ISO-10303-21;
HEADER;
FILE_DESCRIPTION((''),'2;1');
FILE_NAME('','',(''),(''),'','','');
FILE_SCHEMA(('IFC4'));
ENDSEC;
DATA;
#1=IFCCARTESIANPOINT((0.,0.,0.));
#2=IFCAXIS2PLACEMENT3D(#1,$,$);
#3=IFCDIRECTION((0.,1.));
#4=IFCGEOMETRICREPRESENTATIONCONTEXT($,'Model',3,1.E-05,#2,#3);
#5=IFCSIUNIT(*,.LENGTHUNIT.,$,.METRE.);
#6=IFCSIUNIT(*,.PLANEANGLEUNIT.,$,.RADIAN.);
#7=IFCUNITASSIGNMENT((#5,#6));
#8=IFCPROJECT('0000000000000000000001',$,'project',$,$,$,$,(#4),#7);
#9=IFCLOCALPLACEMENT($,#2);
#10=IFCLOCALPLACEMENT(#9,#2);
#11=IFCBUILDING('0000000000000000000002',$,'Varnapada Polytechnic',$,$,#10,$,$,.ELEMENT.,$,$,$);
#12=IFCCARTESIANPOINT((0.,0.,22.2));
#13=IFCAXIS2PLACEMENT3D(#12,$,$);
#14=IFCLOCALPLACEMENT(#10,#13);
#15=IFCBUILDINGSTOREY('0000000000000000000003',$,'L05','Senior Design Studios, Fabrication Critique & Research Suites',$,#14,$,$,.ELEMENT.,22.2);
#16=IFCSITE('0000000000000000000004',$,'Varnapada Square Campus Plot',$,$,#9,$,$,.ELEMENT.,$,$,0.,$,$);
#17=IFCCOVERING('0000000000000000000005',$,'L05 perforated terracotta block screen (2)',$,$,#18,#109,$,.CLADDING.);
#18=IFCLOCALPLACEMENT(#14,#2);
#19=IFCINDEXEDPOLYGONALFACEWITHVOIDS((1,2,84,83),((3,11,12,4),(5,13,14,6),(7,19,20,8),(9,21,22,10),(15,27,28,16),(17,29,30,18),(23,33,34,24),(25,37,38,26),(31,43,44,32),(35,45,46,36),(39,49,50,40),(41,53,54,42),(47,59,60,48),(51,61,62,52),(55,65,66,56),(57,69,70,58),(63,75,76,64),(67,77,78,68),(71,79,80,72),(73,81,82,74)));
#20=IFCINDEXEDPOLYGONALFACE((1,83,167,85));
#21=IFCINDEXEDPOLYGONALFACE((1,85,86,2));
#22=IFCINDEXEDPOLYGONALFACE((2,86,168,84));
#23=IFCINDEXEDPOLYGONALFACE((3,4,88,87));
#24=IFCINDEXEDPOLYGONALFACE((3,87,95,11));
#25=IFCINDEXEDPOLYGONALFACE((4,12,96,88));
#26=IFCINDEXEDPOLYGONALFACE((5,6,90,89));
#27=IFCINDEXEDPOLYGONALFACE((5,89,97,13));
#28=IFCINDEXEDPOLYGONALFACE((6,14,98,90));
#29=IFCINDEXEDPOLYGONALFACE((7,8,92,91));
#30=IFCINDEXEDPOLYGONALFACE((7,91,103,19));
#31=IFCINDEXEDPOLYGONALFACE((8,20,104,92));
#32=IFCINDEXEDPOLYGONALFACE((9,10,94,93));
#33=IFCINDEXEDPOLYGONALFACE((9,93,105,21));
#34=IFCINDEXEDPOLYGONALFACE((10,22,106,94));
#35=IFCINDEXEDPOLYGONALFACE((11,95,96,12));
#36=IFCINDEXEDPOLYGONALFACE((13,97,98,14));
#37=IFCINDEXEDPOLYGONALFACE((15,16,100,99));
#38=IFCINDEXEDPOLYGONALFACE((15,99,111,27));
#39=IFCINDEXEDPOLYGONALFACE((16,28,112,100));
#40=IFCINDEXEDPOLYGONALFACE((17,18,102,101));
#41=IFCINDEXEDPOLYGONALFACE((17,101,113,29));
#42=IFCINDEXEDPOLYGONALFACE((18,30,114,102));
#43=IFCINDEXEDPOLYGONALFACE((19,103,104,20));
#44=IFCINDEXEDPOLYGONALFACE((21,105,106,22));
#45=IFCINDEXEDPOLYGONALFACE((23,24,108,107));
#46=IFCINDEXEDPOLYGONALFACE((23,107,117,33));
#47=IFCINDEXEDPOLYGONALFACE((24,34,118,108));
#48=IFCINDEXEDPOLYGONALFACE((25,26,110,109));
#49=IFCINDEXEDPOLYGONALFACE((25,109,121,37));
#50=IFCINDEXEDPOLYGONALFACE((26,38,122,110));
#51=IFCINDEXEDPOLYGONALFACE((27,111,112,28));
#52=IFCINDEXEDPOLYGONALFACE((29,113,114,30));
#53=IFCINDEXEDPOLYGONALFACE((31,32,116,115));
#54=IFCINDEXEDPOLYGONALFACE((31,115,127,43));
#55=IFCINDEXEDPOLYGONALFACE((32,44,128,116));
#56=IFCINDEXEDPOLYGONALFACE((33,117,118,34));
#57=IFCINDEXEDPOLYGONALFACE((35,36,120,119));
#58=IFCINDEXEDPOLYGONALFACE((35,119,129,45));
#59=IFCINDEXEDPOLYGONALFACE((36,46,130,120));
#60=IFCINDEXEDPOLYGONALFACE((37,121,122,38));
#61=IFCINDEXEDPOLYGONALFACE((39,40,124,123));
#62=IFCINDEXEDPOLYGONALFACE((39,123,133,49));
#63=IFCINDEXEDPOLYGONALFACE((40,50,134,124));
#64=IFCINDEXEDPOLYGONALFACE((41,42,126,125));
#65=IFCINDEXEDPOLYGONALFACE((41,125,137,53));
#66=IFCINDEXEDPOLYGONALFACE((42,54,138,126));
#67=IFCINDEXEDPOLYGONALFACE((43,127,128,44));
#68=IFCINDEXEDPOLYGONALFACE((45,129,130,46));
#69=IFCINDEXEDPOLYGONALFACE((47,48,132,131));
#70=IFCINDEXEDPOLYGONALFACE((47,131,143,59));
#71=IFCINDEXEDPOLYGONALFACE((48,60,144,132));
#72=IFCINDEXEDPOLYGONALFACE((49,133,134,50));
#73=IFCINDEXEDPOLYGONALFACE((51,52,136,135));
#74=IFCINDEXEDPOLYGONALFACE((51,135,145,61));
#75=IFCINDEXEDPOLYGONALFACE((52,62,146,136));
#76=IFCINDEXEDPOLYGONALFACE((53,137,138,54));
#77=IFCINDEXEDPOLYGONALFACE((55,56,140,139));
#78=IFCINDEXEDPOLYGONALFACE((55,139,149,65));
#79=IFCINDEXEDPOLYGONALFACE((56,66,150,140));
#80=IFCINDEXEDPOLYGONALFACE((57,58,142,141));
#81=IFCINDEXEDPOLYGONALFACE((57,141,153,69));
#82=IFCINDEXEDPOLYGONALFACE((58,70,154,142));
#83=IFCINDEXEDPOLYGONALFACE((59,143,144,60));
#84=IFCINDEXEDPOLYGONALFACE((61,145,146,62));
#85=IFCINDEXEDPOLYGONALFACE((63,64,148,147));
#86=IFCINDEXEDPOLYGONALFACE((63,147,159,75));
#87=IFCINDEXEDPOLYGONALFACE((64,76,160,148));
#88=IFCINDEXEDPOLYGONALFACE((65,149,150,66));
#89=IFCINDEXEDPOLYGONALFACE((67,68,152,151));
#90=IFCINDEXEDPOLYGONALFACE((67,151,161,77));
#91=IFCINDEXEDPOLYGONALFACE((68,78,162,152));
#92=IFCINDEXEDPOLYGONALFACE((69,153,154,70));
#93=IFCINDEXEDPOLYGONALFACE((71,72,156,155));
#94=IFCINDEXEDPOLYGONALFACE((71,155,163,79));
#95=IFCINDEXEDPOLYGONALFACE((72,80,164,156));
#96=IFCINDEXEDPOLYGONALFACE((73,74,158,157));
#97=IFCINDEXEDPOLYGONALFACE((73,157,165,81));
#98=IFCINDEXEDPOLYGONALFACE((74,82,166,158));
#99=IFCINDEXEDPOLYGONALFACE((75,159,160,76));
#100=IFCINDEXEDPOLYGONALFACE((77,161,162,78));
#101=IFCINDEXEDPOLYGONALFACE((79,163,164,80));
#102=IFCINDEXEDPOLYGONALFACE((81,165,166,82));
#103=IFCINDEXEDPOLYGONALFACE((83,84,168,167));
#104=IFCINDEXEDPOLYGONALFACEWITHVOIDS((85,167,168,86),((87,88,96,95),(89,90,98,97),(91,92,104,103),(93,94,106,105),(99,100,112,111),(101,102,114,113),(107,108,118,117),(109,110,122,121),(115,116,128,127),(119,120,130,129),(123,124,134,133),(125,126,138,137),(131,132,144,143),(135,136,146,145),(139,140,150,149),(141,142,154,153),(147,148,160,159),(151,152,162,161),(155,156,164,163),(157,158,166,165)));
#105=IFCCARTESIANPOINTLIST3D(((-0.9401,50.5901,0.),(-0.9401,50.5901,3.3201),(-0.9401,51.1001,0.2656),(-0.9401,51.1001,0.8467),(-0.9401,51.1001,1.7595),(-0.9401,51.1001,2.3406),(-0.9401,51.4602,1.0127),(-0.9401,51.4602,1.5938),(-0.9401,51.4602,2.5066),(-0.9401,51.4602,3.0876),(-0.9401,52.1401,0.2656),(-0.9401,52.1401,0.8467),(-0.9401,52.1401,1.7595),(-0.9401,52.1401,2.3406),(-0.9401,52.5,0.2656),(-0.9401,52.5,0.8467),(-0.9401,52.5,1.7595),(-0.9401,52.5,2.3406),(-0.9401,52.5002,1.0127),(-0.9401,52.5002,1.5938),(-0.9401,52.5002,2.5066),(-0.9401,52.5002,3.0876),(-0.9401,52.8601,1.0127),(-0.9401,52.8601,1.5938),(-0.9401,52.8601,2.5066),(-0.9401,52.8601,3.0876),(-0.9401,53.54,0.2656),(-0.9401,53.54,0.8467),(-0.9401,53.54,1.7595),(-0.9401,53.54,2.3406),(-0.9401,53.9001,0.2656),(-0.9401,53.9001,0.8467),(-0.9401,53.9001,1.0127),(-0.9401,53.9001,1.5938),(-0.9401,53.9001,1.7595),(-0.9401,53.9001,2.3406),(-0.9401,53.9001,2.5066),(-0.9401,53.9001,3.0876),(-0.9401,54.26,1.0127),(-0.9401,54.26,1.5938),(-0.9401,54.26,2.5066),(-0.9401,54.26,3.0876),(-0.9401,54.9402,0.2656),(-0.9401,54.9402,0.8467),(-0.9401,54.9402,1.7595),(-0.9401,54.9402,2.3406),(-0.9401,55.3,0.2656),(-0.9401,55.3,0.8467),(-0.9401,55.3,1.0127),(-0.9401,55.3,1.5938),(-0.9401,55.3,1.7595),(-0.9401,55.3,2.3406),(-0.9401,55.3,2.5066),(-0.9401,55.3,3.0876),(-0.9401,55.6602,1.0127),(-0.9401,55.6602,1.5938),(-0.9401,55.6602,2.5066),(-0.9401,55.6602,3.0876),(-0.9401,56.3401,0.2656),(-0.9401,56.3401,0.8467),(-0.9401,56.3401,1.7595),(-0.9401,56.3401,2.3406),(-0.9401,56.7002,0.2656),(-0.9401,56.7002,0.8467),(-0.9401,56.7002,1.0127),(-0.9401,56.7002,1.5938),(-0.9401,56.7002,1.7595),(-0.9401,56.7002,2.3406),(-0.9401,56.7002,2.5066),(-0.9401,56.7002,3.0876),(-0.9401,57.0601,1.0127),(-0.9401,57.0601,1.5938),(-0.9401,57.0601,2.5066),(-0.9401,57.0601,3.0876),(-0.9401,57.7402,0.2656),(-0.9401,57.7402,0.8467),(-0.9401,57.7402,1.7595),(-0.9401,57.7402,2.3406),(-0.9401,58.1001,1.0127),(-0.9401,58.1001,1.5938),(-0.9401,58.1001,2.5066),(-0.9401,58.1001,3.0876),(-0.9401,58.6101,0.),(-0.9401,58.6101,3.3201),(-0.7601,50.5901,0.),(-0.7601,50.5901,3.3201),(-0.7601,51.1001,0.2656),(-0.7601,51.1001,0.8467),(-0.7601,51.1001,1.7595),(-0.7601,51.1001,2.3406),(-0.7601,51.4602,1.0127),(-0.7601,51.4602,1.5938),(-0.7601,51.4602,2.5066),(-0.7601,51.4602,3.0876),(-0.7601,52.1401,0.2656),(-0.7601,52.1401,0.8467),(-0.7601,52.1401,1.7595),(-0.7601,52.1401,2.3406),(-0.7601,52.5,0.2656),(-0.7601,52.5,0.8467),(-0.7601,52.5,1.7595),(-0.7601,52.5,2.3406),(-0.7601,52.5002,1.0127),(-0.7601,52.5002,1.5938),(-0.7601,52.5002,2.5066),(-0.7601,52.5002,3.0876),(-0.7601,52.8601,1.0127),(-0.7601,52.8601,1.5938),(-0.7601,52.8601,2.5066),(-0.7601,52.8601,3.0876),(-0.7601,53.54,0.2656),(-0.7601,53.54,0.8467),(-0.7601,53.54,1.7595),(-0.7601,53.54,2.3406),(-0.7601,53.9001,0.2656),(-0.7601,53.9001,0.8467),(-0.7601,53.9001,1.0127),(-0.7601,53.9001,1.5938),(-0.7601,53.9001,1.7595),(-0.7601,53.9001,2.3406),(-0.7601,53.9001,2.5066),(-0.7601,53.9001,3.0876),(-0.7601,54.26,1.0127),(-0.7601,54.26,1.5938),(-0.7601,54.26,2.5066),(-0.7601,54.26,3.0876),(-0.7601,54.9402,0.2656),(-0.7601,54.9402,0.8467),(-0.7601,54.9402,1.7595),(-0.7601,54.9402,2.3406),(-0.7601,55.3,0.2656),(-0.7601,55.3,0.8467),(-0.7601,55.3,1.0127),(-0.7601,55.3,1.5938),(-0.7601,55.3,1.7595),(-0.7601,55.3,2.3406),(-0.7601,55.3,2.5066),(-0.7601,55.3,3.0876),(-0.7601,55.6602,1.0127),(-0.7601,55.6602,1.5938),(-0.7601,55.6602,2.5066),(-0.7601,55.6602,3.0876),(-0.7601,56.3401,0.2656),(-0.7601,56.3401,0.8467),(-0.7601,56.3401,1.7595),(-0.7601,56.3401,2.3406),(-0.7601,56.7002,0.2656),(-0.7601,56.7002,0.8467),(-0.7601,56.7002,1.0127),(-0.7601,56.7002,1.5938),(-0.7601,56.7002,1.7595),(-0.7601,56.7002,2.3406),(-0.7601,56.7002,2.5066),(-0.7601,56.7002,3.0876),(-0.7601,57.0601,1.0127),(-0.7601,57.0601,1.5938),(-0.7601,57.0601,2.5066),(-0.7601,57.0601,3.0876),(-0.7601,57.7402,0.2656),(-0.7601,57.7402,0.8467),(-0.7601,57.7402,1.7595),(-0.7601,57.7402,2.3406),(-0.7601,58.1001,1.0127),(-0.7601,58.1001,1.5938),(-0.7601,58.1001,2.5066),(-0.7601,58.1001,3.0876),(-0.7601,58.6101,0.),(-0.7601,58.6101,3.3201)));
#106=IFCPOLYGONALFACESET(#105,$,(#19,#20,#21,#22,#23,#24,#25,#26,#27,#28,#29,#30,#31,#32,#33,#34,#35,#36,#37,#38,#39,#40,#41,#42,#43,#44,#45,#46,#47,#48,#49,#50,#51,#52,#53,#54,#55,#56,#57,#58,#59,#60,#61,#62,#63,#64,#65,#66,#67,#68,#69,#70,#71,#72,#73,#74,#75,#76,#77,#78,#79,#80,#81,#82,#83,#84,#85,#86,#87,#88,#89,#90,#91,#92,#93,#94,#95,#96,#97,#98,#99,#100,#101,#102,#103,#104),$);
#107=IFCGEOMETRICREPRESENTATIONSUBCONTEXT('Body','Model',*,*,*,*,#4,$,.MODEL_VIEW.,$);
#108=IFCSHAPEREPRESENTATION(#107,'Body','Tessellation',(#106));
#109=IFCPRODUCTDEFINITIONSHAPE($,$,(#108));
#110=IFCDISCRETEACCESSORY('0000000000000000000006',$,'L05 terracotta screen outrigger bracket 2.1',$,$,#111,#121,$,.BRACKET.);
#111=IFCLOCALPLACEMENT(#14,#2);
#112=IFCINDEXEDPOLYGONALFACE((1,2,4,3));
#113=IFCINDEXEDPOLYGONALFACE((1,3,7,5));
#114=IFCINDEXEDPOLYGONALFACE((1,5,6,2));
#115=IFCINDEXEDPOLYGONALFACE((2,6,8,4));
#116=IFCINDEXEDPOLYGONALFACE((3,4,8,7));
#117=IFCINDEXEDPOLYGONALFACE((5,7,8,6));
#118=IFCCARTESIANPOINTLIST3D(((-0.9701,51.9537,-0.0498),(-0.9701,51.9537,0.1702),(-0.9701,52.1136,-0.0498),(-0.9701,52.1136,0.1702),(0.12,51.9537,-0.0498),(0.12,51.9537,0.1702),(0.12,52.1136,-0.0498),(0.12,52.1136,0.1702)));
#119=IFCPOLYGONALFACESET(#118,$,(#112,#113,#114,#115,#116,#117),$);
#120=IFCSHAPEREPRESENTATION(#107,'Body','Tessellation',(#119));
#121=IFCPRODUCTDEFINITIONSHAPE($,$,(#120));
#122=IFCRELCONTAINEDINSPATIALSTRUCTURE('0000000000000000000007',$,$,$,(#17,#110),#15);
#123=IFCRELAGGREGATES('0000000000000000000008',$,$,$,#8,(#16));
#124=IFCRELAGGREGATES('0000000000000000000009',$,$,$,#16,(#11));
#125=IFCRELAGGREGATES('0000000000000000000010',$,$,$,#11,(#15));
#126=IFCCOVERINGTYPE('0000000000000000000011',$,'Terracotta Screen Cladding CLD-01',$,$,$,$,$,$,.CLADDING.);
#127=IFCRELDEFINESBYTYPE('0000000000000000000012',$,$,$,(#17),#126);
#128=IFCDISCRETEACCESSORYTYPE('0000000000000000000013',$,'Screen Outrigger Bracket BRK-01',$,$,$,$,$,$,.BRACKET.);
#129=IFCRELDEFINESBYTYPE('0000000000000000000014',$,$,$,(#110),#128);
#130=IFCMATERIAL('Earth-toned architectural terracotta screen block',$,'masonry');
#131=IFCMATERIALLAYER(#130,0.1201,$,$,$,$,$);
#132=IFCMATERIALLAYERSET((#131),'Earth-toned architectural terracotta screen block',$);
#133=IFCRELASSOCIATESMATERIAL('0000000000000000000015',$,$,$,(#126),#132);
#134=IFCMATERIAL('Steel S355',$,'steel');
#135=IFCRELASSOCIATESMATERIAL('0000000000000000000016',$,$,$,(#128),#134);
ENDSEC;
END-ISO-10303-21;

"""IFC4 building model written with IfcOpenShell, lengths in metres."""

from ifc_helpers import new_model, si_unit, direction, frame, frame_2d, origin, origin_2d, place, context, subcontext, project, spatial, rectangle, extrude, material, layer, layer_set, type_object, element, save


model = new_model("IFC4")

# Units and contexts
model_context = context("Model", 3, precision=1e-05, world=origin(), true_north=direction((0.0, 1.0)))
body_context = subcontext(model_context, "Body", "Model", "MODEL_VIEW")
ifc_project = project(units=[si_unit("LENGTHUNIT", "METRE"), si_unit("PLANEANGLEUNIT", "RADIAN")], contexts=[model_context])

# Site, building, storey
site_placement = place(None, origin())
site = spatial("IfcSite", under=ifc_project, at=site_placement, Name="Varnapada Square Campus Plot", CompositionType="ELEMENT", RefElevation=0.0)
building_placement = place(site_placement, origin())
building = spatial("IfcBuilding", under=site, at=building_placement, Name="Varnapada Polytechnic", CompositionType="ELEMENT")
storey_placement = place(building_placement, frame((0.0, 0.0, 22.2)))
storey = spatial("IfcBuildingStorey", under=building, at=storey_placement, Name="L05", Description="Senior Design Studios, Fabrication Critique & Research Suites", CompositionType="ELEMENT", Elevation=22.2)

# Covering, openings
ifc_material_1 = material(Name="Earth-toned architectural terracotta screen block", Category="masonry")
ifc_layer_1 = layer(ifc_material_1, 0.1201)
ifc_layer_set_1 = layer_set([ifc_layer_1], Name="Earth-toned architectural terracotta screen block")
covering_type = type_object("IfcCoveringType", Name="Terracotta Screen Cladding CLD-01", PredefinedType="CLADDING", material=ifc_layer_set_1)
covering_placement = place(storey_placement, frame((-0.8501, 50.5901, 0.0), z_axis=(0.0, 0.0, 1.0), x_axis=(0.0, 1.0, 0.0)))
covering = element("IfcCovering", 1, at=covering_placement, inside=storey, type_object=covering_type, Name="L05 perforated terracotta block screen (2)", PredefinedType="CLADDING", context=body_context, shape_type="SweptSolid", body=[
    extrude(rectangle(XDim=8.02, YDim=0.1799, at=frame_2d((4.01, 0.0))), origin(), (0.0, 0.0, 1.0), 3.3201),
])
opening_1_placement = place(covering_placement, frame((0.51, 0.0, 0.2656)))
element("IfcOpeningElement", 2, at=opening_1_placement, cuts=covering, PredefinedType="OPENING", context=body_context, shape_type="SweptSolid", body=[
    extrude(rectangle(XDim=1.04, YDim=0.5811, at=frame_2d((0.52, 0.2905))), frame((0.0, 0.0999, 0.0), z_axis=(0.0, -1.0, 0.0), x_axis=(1.0, 0.0, 0.0)), (0.0, 0.0, 1.0), 0.2),
])
opening_2_placement = place(covering_placement, frame((1.9099, 0.0, 0.2656)))
element("IfcOpeningElement", 3, at=opening_2_placement, cuts=covering, PredefinedType="OPENING", context=body_context, shape_type="SweptSolid", body=[
    extrude(rectangle(XDim=1.04, YDim=0.5811, at=frame_2d((0.52, 0.2905))), frame((0.0, 0.0999, 0.0), z_axis=(0.0, -1.0, 0.0), x_axis=(1.0, 0.0, 0.0)), (0.0, 0.0, 1.0), 0.2),
])
opening_3_placement = place(covering_placement, frame((3.3101, 0.0, 0.2656)))
element("IfcOpeningElement", 4, at=opening_3_placement, cuts=covering, PredefinedType="OPENING", context=body_context, shape_type="SweptSolid", body=[
    extrude(rectangle(XDim=1.04, YDim=0.5811, at=frame_2d((0.52, 0.2905))), frame((0.0, 0.0999, 0.0), z_axis=(0.0, -1.0, 0.0), x_axis=(1.0, 0.0, 0.0)), (0.0, 0.0, 1.0), 0.2),
])
opening_4_placement = place(covering_placement, frame((4.71, 0.0, 0.2656)))
element("IfcOpeningElement", 5, at=opening_4_placement, cuts=covering, PredefinedType="OPENING", context=body_context, shape_type="SweptSolid", body=[
    extrude(rectangle(XDim=1.04, YDim=0.5811, at=frame_2d((0.52, 0.2905))), frame((0.0, 0.0999, 0.0), z_axis=(0.0, -1.0, 0.0), x_axis=(1.0, 0.0, 0.0)), (0.0, 0.0, 1.0), 0.2),
])
opening_5_placement = place(covering_placement, frame((6.1101, 0.0, 0.2656)))
element("IfcOpeningElement", 6, at=opening_5_placement, cuts=covering, PredefinedType="OPENING", context=body_context, shape_type="SweptSolid", body=[
    extrude(rectangle(XDim=1.04, YDim=0.5811, at=frame_2d((0.52, 0.2905))), frame((0.0, 0.0999, 0.0), z_axis=(0.0, -1.0, 0.0), x_axis=(1.0, 0.0, 0.0)), (0.0, 0.0, 1.0), 0.2),
])
opening_6_placement = place(covering_placement, frame((0.8701, 0.0, 1.0127)))
element("IfcOpeningElement", 7, at=opening_6_placement, cuts=covering, PredefinedType="OPENING", context=body_context, shape_type="SweptSolid", body=[
    extrude(rectangle(XDim=1.04, YDim=0.5811, at=frame_2d((0.52, 0.2905))), frame((0.0, 0.0999, 0.0), z_axis=(0.0, -1.0, 0.0), x_axis=(1.0, 0.0, 0.0)), (0.0, 0.0, 1.0), 0.2),
])
opening_7_placement = place(covering_placement, frame((2.27, 0.0, 1.0127)))
element("IfcOpeningElement", 8, at=opening_7_placement, cuts=covering, PredefinedType="OPENING", context=body_context, shape_type="SweptSolid", body=[
    extrude(rectangle(XDim=1.04, YDim=0.5811, at=frame_2d((0.52, 0.2905))), frame((0.0, 0.0999, 0.0), z_axis=(0.0, -1.0, 0.0), x_axis=(1.0, 0.0, 0.0)), (0.0, 0.0, 1.0), 0.2),
])
opening_8_placement = place(covering_placement, frame((3.6699, 0.0, 1.0127)))
element("IfcOpeningElement", 9, at=opening_8_placement, cuts=covering, PredefinedType="OPENING", context=body_context, shape_type="SweptSolid", body=[
    extrude(rectangle(XDim=1.04, YDim=0.5811, at=frame_2d((0.52, 0.2905))), frame((0.0, 0.0999, 0.0), z_axis=(0.0, -1.0, 0.0), x_axis=(1.0, 0.0, 0.0)), (0.0, 0.0, 1.0), 0.2),
])
opening_9_placement = place(covering_placement, frame((5.0701, 0.0, 1.0127)))
element("IfcOpeningElement", 10, at=opening_9_placement, cuts=covering, PredefinedType="OPENING", context=body_context, shape_type="SweptSolid", body=[
    extrude(rectangle(XDim=1.04, YDim=0.5811, at=frame_2d((0.52, 0.2905))), frame((0.0, 0.0999, 0.0), z_axis=(0.0, -1.0, 0.0), x_axis=(1.0, 0.0, 0.0)), (0.0, 0.0, 1.0), 0.2),
])
opening_10_placement = place(covering_placement, frame((6.47, 0.0, 1.0127)))
element("IfcOpeningElement", 11, at=opening_10_placement, cuts=covering, PredefinedType="OPENING", context=body_context, shape_type="SweptSolid", body=[
    extrude(rectangle(XDim=1.04, YDim=0.5811, at=frame_2d((0.52, 0.2905))), frame((0.0, 0.0999, 0.0), z_axis=(0.0, -1.0, 0.0), x_axis=(1.0, 0.0, 0.0)), (0.0, 0.0, 1.0), 0.2),
])
opening_11_placement = place(covering_placement, frame((0.51, 0.0, 1.7595)))
element("IfcOpeningElement", 12, at=opening_11_placement, cuts=covering, PredefinedType="OPENING", context=body_context, shape_type="SweptSolid", body=[
    extrude(rectangle(XDim=1.04, YDim=0.5811, at=frame_2d((0.52, 0.2905))), frame((0.0, 0.0999, 0.0), z_axis=(0.0, -1.0, 0.0), x_axis=(1.0, 0.0, 0.0)), (0.0, 0.0, 1.0), 0.2),
])
opening_12_placement = place(covering_placement, frame((1.9099, 0.0, 1.7595)))
element("IfcOpeningElement", 13, at=opening_12_placement, cuts=covering, PredefinedType="OPENING", context=body_context, shape_type="SweptSolid", body=[
    extrude(rectangle(XDim=1.04, YDim=0.5811, at=frame_2d((0.52, 0.2905))), frame((0.0, 0.0999, 0.0), z_axis=(0.0, -1.0, 0.0), x_axis=(1.0, 0.0, 0.0)), (0.0, 0.0, 1.0), 0.2),
])
opening_13_placement = place(covering_placement, frame((3.3101, 0.0, 1.7595)))
element("IfcOpeningElement", 14, at=opening_13_placement, cuts=covering, PredefinedType="OPENING", context=body_context, shape_type="SweptSolid", body=[
    extrude(rectangle(XDim=1.04, YDim=0.5811, at=frame_2d((0.52, 0.2905))), frame((0.0, 0.0999, 0.0), z_axis=(0.0, -1.0, 0.0), x_axis=(1.0, 0.0, 0.0)), (0.0, 0.0, 1.0), 0.2),
])
opening_14_placement = place(covering_placement, frame((4.71, 0.0, 1.7595)))
element("IfcOpeningElement", 15, at=opening_14_placement, cuts=covering, PredefinedType="OPENING", context=body_context, shape_type="SweptSolid", body=[
    extrude(rectangle(XDim=1.04, YDim=0.5811, at=frame_2d((0.52, 0.2905))), frame((0.0, 0.0999, 0.0), z_axis=(0.0, -1.0, 0.0), x_axis=(1.0, 0.0, 0.0)), (0.0, 0.0, 1.0), 0.2),
])
opening_15_placement = place(covering_placement, frame((6.1101, 0.0, 1.7595)))
element("IfcOpeningElement", 16, at=opening_15_placement, cuts=covering, PredefinedType="OPENING", context=body_context, shape_type="SweptSolid", body=[
    extrude(rectangle(XDim=1.04, YDim=0.5811, at=frame_2d((0.52, 0.2905))), frame((0.0, 0.0999, 0.0), z_axis=(0.0, -1.0, 0.0), x_axis=(1.0, 0.0, 0.0)), (0.0, 0.0, 1.0), 0.2),
])
opening_16_placement = place(covering_placement, frame((0.8701, 0.0, 2.5066)))
element("IfcOpeningElement", 17, at=opening_16_placement, cuts=covering, PredefinedType="OPENING", context=body_context, shape_type="SweptSolid", body=[
    extrude(rectangle(XDim=1.04, YDim=0.5811, at=frame_2d((0.52, 0.2905))), frame((0.0, 0.0999, 0.0), z_axis=(0.0, -1.0, 0.0), x_axis=(1.0, 0.0, 0.0)), (0.0, 0.0, 1.0), 0.2),
])
opening_17_placement = place(covering_placement, frame((2.27, 0.0, 2.5066)))
element("IfcOpeningElement", 18, at=opening_17_placement, cuts=covering, PredefinedType="OPENING", context=body_context, shape_type="SweptSolid", body=[
    extrude(rectangle(XDim=1.04, YDim=0.5811, at=frame_2d((0.52, 0.2905))), frame((0.0, 0.0999, 0.0), z_axis=(0.0, -1.0, 0.0), x_axis=(1.0, 0.0, 0.0)), (0.0, 0.0, 1.0), 0.2),
])
opening_18_placement = place(covering_placement, frame((3.6699, 0.0, 2.5066)))
element("IfcOpeningElement", 19, at=opening_18_placement, cuts=covering, PredefinedType="OPENING", context=body_context, shape_type="SweptSolid", body=[
    extrude(rectangle(XDim=1.04, YDim=0.5811, at=frame_2d((0.52, 0.2905))), frame((0.0, 0.0999, 0.0), z_axis=(0.0, -1.0, 0.0), x_axis=(1.0, 0.0, 0.0)), (0.0, 0.0, 1.0), 0.2),
])
opening_19_placement = place(covering_placement, frame((5.0701, 0.0, 2.5066)))
element("IfcOpeningElement", 20, at=opening_19_placement, cuts=covering, PredefinedType="OPENING", context=body_context, shape_type="SweptSolid", body=[
    extrude(rectangle(XDim=1.04, YDim=0.5811, at=frame_2d((0.52, 0.2905))), frame((0.0, 0.0999, 0.0), z_axis=(0.0, -1.0, 0.0), x_axis=(1.0, 0.0, 0.0)), (0.0, 0.0, 1.0), 0.2),
])
opening_20_placement = place(covering_placement, frame((6.47, 0.0, 2.5066)))
element("IfcOpeningElement", 21, at=opening_20_placement, cuts=covering, PredefinedType="OPENING", context=body_context, shape_type="SweptSolid", body=[
    extrude(rectangle(XDim=1.04, YDim=0.5811, at=frame_2d((0.52, 0.2905))), frame((0.0, 0.0999, 0.0), z_axis=(0.0, -1.0, 0.0), x_axis=(1.0, 0.0, 0.0)), (0.0, 0.0, 1.0), 0.2),
])

# Discrete accessory
ifc_material_2 = material(Name="Steel S355", Category="steel")
discrete_accessory_type = type_object("IfcDiscreteAccessoryType", Name="Screen Outrigger Bracket BRK-01", PredefinedType="BRACKET", material=ifc_material_2)
discrete_accessory_placement = place(storey_placement, frame((-0.425, 52.0337, -0.0498), z_axis=(0.0, 0.0, 1.0), x_axis=(0.0, 1.0, 0.0)))
element("IfcDiscreteAccessory", 22, at=discrete_accessory_placement, inside=storey, type_object=discrete_accessory_type, Name="L05 terracotta screen outrigger bracket 2.1", PredefinedType="BRACKET", context=body_context, shape_type="SweptSolid", body=[
    extrude(rectangle(XDim=0.1599, YDim=1.0901, at=origin_2d()), origin(), (0.0, 0.0, 1.0), 0.22),
])

save(model, "model.ifc")
